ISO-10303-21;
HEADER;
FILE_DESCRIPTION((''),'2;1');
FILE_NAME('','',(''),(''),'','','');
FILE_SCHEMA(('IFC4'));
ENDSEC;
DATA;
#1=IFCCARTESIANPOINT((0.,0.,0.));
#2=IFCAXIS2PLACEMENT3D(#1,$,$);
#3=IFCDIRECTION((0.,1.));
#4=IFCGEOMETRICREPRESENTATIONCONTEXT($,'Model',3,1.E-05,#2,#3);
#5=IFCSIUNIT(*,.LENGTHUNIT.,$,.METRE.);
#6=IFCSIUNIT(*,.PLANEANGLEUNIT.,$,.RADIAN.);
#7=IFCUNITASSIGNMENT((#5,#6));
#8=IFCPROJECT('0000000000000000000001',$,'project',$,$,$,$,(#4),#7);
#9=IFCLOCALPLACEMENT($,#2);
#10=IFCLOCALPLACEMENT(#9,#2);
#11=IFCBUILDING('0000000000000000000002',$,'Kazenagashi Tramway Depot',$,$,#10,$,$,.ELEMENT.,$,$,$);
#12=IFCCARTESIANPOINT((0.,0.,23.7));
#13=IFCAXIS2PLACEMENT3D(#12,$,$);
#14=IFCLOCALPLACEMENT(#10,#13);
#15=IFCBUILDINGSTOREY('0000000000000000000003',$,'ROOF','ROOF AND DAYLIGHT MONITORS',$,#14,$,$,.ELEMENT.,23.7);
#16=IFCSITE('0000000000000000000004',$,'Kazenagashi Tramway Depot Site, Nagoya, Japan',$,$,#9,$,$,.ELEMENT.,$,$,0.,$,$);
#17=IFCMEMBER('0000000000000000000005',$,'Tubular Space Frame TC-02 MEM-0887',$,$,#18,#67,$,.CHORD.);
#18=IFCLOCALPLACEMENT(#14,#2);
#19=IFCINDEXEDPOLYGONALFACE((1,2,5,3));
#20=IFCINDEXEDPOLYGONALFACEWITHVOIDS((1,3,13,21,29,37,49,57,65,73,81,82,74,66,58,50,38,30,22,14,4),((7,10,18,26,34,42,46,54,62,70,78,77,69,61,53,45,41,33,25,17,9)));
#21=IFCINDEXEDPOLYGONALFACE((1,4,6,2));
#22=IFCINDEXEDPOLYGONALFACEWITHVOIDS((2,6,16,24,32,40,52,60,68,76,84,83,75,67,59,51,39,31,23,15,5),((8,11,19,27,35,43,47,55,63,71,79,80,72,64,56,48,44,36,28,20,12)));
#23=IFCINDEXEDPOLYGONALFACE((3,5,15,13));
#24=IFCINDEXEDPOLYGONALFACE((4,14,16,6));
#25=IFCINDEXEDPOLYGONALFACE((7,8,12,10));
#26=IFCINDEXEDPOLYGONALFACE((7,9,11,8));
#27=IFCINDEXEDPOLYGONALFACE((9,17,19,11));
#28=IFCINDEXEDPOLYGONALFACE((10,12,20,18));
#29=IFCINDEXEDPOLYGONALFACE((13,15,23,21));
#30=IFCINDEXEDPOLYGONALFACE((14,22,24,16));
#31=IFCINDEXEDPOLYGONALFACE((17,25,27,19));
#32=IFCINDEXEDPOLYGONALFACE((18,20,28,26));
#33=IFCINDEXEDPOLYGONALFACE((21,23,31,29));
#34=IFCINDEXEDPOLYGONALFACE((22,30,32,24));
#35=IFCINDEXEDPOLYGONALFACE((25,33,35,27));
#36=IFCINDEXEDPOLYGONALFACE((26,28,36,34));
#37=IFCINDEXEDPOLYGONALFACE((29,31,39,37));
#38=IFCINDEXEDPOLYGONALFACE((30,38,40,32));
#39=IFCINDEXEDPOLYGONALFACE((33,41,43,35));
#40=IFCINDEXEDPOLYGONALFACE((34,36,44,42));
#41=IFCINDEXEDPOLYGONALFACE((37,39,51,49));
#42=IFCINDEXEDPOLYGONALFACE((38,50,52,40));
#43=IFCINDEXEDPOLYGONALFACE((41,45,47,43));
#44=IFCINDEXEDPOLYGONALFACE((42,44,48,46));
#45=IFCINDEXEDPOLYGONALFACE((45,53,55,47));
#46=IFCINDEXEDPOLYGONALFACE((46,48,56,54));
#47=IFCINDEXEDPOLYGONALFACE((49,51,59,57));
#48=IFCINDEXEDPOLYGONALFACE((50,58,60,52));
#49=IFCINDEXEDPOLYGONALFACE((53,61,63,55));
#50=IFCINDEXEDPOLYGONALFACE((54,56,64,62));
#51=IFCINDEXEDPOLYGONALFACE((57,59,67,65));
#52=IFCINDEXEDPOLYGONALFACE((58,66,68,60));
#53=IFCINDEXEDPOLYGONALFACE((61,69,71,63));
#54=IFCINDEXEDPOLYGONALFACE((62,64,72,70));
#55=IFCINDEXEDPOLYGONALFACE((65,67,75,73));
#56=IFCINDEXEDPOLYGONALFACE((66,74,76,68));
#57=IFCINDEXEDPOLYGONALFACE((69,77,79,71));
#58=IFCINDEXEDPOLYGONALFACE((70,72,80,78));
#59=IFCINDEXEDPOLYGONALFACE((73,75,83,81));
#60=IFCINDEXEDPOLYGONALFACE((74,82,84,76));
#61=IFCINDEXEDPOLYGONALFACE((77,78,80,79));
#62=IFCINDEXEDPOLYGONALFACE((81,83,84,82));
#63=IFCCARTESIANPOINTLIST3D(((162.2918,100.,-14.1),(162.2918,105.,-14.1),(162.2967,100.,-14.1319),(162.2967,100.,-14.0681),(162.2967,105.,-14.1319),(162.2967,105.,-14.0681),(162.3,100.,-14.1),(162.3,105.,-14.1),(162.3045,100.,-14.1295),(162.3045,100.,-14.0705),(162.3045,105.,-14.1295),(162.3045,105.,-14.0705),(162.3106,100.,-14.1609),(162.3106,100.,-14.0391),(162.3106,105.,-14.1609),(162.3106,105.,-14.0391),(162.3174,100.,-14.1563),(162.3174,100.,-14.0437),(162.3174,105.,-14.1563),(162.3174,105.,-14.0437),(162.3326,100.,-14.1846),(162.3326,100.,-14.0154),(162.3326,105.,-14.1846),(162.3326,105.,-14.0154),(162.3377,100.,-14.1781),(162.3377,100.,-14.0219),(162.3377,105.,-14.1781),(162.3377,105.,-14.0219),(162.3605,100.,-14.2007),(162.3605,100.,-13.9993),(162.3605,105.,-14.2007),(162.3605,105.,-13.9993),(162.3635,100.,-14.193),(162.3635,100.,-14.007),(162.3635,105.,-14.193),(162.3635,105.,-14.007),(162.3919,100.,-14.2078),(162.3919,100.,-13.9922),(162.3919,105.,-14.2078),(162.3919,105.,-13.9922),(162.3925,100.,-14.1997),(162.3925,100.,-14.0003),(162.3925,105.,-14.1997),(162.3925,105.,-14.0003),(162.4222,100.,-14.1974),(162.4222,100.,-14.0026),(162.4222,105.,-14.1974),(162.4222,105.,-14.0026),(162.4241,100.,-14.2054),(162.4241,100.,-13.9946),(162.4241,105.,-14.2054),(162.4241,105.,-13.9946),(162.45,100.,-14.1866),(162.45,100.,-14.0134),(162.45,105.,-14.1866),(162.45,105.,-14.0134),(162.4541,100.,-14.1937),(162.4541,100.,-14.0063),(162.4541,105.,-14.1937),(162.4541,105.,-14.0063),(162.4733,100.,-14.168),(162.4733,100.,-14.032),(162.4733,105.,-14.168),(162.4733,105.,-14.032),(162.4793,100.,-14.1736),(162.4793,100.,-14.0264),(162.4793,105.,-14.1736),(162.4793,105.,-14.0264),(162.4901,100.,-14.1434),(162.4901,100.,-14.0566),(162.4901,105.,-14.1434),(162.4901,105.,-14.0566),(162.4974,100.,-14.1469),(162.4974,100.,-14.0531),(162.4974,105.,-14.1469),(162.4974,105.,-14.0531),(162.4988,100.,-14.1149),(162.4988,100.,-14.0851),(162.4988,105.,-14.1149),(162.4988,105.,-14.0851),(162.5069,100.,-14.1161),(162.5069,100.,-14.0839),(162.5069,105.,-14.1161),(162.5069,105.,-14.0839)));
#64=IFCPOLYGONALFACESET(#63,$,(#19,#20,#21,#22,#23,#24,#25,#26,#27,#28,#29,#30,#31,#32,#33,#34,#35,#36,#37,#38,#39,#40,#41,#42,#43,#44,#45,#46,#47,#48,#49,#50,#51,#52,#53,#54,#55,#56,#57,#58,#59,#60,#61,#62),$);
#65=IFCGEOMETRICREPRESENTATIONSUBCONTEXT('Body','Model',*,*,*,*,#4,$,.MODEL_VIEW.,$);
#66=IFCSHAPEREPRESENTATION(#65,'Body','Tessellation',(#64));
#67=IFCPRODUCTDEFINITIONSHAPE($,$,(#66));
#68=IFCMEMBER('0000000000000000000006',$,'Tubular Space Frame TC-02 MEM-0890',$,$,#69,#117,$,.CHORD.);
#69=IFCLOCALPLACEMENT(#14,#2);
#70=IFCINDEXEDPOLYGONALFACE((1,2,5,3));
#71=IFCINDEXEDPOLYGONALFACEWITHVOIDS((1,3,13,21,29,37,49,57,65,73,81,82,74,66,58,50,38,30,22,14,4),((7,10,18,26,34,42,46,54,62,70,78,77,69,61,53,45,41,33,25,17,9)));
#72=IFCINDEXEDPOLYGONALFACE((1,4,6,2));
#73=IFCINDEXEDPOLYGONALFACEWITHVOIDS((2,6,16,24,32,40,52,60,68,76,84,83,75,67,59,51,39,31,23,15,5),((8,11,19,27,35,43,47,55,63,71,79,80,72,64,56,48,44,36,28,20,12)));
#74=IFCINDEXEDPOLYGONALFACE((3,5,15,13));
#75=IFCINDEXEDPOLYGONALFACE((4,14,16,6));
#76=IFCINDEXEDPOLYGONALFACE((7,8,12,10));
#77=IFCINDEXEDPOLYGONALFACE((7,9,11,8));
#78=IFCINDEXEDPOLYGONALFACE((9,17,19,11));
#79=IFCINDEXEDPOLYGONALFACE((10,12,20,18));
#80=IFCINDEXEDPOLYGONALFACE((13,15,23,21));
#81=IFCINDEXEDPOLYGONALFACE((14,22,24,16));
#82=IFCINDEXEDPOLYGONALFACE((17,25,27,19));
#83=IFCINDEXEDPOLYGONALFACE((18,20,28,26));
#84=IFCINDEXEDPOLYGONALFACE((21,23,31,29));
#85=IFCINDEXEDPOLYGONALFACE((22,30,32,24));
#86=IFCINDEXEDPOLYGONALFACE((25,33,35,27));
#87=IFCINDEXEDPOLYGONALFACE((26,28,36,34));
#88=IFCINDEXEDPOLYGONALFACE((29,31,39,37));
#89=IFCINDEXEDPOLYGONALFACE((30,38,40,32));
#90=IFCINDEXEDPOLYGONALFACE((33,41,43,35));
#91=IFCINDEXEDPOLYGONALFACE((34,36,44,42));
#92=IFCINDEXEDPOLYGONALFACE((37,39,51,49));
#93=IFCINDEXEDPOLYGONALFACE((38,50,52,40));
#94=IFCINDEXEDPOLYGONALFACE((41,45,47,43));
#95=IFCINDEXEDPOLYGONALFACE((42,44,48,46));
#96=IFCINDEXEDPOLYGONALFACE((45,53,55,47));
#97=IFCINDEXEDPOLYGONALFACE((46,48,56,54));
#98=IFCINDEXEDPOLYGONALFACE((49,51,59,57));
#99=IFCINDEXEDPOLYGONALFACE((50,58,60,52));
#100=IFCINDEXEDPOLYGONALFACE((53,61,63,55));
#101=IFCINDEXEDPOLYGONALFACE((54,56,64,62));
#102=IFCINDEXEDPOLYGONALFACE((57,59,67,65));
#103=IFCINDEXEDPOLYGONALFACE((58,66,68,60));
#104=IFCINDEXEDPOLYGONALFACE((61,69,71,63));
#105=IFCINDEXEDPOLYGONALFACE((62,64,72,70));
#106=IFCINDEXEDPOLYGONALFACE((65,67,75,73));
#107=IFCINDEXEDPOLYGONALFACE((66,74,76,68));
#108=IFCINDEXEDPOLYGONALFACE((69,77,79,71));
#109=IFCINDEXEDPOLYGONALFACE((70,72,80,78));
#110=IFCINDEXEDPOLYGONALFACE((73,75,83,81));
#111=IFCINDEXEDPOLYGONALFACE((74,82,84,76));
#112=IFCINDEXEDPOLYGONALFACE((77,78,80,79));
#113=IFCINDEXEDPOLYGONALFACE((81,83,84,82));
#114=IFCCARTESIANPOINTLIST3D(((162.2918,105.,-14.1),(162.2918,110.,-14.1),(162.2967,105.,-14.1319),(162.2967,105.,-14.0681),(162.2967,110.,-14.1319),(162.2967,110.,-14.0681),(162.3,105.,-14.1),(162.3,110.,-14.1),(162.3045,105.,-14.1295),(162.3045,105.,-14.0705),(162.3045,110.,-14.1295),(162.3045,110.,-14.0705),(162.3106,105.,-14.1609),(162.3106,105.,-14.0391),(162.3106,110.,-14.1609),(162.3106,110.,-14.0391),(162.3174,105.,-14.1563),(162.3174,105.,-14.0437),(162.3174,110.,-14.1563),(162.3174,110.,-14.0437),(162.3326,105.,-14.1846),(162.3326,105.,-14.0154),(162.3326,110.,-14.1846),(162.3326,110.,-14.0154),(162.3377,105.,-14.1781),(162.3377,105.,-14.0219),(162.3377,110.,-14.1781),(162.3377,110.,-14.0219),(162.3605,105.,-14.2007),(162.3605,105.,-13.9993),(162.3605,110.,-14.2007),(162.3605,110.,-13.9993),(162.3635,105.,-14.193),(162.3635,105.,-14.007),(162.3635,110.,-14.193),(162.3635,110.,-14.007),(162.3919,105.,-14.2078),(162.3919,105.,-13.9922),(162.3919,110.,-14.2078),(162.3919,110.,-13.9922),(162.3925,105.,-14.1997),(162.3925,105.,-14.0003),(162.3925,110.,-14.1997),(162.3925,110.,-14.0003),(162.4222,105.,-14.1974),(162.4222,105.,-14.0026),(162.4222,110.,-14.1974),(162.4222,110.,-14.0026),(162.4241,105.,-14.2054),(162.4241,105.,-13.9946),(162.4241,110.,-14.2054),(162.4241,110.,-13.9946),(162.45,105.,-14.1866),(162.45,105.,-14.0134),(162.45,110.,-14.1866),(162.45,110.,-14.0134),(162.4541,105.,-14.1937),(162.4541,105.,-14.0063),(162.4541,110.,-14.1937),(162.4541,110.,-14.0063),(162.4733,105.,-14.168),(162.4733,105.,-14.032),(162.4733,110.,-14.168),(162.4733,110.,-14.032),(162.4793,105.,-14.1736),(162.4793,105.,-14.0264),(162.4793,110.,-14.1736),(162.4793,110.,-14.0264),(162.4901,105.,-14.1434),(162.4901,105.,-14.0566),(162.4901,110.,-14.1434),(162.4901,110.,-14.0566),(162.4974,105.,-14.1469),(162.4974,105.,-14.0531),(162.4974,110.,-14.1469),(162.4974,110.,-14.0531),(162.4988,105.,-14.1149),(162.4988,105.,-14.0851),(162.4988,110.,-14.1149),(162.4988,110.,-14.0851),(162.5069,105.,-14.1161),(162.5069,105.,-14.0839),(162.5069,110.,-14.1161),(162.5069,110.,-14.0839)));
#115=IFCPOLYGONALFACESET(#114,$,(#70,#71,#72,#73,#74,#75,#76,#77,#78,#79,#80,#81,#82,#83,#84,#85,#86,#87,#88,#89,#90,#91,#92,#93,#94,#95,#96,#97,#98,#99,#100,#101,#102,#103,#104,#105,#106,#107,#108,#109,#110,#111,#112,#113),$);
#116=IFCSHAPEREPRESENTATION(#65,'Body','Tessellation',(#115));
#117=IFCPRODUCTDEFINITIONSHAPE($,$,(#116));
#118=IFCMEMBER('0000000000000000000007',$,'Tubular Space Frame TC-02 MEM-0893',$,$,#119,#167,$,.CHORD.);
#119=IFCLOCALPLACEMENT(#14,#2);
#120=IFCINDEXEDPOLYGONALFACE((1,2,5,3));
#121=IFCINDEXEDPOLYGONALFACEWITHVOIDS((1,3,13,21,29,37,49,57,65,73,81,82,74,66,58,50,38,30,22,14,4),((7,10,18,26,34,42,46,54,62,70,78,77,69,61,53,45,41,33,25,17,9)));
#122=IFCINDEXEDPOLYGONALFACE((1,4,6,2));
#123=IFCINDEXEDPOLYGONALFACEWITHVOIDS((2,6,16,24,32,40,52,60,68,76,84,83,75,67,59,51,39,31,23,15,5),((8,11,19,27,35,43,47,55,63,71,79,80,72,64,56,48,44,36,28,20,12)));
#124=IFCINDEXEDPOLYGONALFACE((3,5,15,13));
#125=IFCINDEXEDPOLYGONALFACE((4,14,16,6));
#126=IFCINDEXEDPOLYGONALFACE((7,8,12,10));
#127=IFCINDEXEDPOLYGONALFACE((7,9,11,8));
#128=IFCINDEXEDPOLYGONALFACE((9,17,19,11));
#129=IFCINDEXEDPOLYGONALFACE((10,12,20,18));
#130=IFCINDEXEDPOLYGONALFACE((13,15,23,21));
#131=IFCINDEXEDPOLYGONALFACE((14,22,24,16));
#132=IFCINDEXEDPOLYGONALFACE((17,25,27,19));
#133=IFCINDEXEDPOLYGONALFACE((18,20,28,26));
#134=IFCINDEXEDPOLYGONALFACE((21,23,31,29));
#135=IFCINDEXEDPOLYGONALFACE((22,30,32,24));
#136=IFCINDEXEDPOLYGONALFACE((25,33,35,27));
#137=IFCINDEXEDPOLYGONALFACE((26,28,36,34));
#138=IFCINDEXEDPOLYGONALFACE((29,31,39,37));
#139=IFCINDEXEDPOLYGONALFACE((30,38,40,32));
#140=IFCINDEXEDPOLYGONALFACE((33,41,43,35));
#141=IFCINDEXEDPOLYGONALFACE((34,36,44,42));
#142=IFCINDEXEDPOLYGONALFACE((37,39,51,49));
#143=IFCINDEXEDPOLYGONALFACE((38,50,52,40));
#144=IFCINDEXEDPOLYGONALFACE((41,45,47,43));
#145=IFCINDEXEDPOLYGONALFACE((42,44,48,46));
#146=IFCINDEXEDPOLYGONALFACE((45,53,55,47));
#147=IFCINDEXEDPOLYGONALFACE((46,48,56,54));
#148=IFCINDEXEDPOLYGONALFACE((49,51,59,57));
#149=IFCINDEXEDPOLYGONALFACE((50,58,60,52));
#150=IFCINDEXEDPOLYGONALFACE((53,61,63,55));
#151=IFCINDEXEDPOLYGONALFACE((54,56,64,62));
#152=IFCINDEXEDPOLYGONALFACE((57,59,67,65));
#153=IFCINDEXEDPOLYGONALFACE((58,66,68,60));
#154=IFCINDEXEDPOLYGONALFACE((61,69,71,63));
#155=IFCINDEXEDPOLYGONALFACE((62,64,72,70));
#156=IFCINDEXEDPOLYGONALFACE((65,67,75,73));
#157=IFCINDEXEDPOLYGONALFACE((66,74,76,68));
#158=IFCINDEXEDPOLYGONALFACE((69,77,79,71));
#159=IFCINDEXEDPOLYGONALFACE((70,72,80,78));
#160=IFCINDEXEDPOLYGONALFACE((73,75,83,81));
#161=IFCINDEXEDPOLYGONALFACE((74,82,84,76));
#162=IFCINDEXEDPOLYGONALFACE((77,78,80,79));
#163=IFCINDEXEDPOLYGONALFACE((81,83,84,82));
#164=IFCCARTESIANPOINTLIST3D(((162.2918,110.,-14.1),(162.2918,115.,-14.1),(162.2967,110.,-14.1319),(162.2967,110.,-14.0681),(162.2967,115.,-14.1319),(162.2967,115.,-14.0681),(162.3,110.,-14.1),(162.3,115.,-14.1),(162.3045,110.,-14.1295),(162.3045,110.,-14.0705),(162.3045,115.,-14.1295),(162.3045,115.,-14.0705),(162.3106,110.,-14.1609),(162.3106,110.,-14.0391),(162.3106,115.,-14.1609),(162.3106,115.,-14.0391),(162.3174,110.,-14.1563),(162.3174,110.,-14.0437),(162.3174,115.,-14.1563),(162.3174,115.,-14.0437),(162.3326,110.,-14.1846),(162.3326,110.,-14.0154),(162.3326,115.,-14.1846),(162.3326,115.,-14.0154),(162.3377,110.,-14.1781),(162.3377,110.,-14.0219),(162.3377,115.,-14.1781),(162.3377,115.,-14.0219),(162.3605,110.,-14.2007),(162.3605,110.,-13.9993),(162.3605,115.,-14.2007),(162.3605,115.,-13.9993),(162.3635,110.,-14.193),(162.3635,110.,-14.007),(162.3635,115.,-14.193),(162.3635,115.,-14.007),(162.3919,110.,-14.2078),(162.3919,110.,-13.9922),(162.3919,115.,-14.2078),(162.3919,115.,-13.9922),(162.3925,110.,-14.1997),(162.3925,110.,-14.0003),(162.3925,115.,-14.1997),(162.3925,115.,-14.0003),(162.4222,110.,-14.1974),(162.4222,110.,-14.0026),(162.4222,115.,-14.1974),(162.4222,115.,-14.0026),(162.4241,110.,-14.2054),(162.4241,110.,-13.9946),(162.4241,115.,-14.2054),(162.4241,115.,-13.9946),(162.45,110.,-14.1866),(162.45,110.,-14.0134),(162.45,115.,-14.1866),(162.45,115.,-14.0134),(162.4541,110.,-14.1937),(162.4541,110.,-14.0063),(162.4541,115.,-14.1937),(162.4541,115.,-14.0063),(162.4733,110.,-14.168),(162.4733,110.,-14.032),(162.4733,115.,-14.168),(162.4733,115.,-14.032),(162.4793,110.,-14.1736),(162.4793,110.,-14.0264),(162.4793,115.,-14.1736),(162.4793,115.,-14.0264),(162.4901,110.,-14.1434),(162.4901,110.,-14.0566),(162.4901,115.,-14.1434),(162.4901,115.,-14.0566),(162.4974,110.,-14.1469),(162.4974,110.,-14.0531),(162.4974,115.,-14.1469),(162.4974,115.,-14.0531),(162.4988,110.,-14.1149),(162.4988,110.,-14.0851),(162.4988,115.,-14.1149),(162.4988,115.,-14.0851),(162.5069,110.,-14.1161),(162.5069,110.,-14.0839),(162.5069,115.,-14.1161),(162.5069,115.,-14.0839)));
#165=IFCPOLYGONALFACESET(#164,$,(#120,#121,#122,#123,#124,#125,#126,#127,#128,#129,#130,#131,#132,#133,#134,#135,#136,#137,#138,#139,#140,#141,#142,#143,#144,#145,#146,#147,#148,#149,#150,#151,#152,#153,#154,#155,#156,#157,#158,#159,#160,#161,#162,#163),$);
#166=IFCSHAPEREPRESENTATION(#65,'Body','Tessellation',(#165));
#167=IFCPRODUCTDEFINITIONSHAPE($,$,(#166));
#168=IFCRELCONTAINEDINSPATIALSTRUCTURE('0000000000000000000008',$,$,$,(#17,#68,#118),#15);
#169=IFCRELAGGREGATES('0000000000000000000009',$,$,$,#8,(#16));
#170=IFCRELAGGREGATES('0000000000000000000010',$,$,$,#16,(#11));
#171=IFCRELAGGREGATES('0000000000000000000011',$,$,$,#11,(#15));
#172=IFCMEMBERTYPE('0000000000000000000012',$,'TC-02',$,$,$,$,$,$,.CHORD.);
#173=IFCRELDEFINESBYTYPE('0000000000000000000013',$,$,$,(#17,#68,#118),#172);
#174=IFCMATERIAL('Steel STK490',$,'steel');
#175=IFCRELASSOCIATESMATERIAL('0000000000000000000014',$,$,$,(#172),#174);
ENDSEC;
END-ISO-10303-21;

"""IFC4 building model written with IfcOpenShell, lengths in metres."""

from ifc_helpers import new_model, si_unit, direction, frame, origin, origin_2d, place, context, subcontext, project, spatial, hollow_circle, extrude, material, material_profile, profile_set, type_object, element, save


model = new_model("IFC4")

# Units and contexts
model_context = context("Model", 3, precision=1e-05, world=origin(), true_north=direction((0.0, 1.0)))
body_context = subcontext(model_context, "Body", "Model", "MODEL_VIEW")
ifc_project = project(units=[si_unit("LENGTHUNIT", "METRE"), si_unit("PLANEANGLEUNIT", "RADIAN")], contexts=[model_context])

# Site, building, storey
site_placement = place(None, origin())
site = spatial("IfcSite", under=ifc_project, at=site_placement, Name="Kazenagashi Tramway Depot Site, Nagoya, Japan", CompositionType="ELEMENT", RefElevation=0.0)
building_placement = place(site_placement, origin())
building = spatial("IfcBuilding", under=site, at=building_placement, Name="Kazenagashi Tramway Depot", CompositionType="ELEMENT")
storey_placement = place(building_placement, frame((0.0, 0.0, 23.7)))
storey = spatial("IfcBuildingStorey", under=building, at=storey_placement, Name="ROOF", Description="ROOF AND DAYLIGHT MONITORS", CompositionType="ELEMENT", Elevation=23.7)

# Members
ifc_material_1 = material(Name="Steel STK490", Category="steel")
ifc_material_profile_1 = material_profile(ifc_material_1, hollow_circle(Radius=0.1081, WallThickness=0.0082, at=origin_2d()), Name="CHS-216.3x8.2")
ifc_profile_set_1 = profile_set([ifc_material_profile_1], Name="Steel STK490")
member_type_1 = type_object("IfcMemberType", Name="TC-02", PredefinedType="CHORD", material=ifc_profile_set_1)
for number, where, z_axis, x_axis, name in (
    (1, (162.4, 100.0, -14.1), (0.0, 1.0, 0.0), (-1.0, 0.0, 0.0), "Tubular Space Frame TC-02 MEM-0887"),
    (2, (162.4, 105.0, -14.1), (0.0, 1.0, 0.0), (-1.0, 0.0, 0.0), "Tubular Space Frame TC-02 MEM-0890"),
    (3, (162.4, 110.0, -14.1), (0.0, 1.0, 0.0), (-1.0, 0.0, 0.0), "Tubular Space Frame TC-02 MEM-0893"),
):
    element("IfcMember", number, at=place(storey_placement, frame(where, z_axis=z_axis, x_axis=x_axis)), inside=storey, type_object=member_type_1, Name=name, PredefinedType="CHORD", context=body_context, shape_type="SweptSolid", body=[
        extrude(hollow_circle(Radius=0.1081, WallThickness=0.0082, at=origin_2d()), origin(), (0.0, 0.0, 1.0), 5.0),
    ])

save(model, "model.ifc")
